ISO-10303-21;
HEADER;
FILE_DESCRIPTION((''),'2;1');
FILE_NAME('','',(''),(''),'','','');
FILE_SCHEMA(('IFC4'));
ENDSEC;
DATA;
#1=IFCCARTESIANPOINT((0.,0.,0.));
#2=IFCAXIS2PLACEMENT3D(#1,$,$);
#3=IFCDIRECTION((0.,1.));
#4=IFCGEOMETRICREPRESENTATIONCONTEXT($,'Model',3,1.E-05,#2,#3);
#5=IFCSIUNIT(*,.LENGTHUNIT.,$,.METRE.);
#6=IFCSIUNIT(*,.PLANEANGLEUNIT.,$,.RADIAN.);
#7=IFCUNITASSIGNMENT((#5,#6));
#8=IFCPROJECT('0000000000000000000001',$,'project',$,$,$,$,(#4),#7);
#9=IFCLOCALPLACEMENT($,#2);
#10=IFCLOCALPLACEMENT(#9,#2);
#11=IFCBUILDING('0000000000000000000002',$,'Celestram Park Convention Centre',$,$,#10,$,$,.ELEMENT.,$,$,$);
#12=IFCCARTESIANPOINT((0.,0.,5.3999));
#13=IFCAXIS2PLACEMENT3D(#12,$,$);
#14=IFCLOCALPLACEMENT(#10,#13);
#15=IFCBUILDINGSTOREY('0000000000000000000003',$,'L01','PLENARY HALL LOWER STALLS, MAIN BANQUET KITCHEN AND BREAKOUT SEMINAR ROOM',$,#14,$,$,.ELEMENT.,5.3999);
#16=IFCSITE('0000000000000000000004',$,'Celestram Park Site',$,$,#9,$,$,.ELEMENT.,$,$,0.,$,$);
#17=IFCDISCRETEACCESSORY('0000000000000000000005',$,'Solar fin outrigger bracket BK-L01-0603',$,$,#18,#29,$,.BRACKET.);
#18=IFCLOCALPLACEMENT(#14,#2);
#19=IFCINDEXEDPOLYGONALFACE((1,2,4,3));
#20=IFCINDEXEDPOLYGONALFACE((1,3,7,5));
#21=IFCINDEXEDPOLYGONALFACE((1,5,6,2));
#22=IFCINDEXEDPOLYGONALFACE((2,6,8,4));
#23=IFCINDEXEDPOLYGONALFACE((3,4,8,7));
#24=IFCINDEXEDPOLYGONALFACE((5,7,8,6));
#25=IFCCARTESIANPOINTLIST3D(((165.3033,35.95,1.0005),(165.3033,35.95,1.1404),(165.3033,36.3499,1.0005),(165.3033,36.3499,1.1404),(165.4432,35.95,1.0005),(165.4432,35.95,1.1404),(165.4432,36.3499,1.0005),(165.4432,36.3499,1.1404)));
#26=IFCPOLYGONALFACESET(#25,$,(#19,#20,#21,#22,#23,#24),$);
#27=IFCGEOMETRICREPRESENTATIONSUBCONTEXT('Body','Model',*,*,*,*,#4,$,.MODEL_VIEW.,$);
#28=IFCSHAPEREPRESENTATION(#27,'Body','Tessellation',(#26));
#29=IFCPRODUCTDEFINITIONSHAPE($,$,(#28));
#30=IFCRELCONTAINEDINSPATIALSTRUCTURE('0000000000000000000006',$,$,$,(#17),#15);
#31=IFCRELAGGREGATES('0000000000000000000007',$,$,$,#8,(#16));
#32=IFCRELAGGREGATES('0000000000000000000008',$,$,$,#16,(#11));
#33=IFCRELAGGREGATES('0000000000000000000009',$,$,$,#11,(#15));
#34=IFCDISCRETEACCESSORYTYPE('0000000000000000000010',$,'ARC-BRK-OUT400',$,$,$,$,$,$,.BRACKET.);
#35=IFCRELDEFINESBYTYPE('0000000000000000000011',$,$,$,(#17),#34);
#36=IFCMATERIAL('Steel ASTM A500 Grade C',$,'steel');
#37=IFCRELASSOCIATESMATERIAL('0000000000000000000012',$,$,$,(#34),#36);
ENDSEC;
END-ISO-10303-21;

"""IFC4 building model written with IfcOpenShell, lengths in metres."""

from ifc_helpers import new_model, si_unit, direction, frame, origin, origin_2d, place, context, subcontext, project, spatial, rectangle, extrude, material, type_object, element, save


model = new_model("IFC4")

# Units and contexts
model_context = context("Model", 3, precision=1e-05, world=origin(), true_north=direction((0.0, 1.0)))
body_context = subcontext(model_context, "Body", "Model", "MODEL_VIEW")
ifc_project = project(units=[si_unit("LENGTHUNIT", "METRE"), si_unit("PLANEANGLEUNIT", "RADIAN")], contexts=[model_context])

# Site, building, storey
site_placement = place(None, origin())
site = spatial("IfcSite", under=ifc_project, at=site_placement, Name="Celestram Park Site", CompositionType="ELEMENT", RefElevation=0.0)
building_placement = place(site_placement, origin())
building = spatial("IfcBuilding", under=site, at=building_placement, Name="Celestram Park Convention Centre", CompositionType="ELEMENT")
storey_placement = place(building_placement, frame((0.0, 0.0, 5.3999)))
storey = spatial("IfcBuildingStorey", under=building, at=storey_placement, Name="L01", Description="PLENARY HALL LOWER STALLS, MAIN BANQUET KITCHEN AND BREAKOUT SEMINAR ROOM", CompositionType="ELEMENT", Elevation=5.3999)

# Discrete accessory
ifc_material_1 = material(Name="Steel ASTM A500 Grade C", Category="steel")
discrete_accessory_type = type_object("IfcDiscreteAccessoryType", Name="ARC-BRK-OUT400", PredefinedType="BRACKET", material=ifc_material_1)
for number, where, z_axis, x_axis, name in (
    (1, (165.3733, 36.1499, 1.0005), (0.0, 0.0, 1.0), (0.0, 1.0, 0.0), "Solar fin outrigger bracket BK-L01-0603"),
):
    element("IfcDiscreteAccessory", number, at=place(storey_placement, frame(where, z_axis=z_axis, x_axis=x_axis)), inside=storey, type_object=discrete_accessory_type, Name=name, PredefinedType="BRACKET", context=body_context, shape_type="SweptSolid", body=[
        extrude(rectangle(XDim=0.3999, YDim=0.1399, at=origin_2d()), origin(), (0.0, 0.0, 1.0), 0.1399),
    ])

save(model, "model.ifc")
